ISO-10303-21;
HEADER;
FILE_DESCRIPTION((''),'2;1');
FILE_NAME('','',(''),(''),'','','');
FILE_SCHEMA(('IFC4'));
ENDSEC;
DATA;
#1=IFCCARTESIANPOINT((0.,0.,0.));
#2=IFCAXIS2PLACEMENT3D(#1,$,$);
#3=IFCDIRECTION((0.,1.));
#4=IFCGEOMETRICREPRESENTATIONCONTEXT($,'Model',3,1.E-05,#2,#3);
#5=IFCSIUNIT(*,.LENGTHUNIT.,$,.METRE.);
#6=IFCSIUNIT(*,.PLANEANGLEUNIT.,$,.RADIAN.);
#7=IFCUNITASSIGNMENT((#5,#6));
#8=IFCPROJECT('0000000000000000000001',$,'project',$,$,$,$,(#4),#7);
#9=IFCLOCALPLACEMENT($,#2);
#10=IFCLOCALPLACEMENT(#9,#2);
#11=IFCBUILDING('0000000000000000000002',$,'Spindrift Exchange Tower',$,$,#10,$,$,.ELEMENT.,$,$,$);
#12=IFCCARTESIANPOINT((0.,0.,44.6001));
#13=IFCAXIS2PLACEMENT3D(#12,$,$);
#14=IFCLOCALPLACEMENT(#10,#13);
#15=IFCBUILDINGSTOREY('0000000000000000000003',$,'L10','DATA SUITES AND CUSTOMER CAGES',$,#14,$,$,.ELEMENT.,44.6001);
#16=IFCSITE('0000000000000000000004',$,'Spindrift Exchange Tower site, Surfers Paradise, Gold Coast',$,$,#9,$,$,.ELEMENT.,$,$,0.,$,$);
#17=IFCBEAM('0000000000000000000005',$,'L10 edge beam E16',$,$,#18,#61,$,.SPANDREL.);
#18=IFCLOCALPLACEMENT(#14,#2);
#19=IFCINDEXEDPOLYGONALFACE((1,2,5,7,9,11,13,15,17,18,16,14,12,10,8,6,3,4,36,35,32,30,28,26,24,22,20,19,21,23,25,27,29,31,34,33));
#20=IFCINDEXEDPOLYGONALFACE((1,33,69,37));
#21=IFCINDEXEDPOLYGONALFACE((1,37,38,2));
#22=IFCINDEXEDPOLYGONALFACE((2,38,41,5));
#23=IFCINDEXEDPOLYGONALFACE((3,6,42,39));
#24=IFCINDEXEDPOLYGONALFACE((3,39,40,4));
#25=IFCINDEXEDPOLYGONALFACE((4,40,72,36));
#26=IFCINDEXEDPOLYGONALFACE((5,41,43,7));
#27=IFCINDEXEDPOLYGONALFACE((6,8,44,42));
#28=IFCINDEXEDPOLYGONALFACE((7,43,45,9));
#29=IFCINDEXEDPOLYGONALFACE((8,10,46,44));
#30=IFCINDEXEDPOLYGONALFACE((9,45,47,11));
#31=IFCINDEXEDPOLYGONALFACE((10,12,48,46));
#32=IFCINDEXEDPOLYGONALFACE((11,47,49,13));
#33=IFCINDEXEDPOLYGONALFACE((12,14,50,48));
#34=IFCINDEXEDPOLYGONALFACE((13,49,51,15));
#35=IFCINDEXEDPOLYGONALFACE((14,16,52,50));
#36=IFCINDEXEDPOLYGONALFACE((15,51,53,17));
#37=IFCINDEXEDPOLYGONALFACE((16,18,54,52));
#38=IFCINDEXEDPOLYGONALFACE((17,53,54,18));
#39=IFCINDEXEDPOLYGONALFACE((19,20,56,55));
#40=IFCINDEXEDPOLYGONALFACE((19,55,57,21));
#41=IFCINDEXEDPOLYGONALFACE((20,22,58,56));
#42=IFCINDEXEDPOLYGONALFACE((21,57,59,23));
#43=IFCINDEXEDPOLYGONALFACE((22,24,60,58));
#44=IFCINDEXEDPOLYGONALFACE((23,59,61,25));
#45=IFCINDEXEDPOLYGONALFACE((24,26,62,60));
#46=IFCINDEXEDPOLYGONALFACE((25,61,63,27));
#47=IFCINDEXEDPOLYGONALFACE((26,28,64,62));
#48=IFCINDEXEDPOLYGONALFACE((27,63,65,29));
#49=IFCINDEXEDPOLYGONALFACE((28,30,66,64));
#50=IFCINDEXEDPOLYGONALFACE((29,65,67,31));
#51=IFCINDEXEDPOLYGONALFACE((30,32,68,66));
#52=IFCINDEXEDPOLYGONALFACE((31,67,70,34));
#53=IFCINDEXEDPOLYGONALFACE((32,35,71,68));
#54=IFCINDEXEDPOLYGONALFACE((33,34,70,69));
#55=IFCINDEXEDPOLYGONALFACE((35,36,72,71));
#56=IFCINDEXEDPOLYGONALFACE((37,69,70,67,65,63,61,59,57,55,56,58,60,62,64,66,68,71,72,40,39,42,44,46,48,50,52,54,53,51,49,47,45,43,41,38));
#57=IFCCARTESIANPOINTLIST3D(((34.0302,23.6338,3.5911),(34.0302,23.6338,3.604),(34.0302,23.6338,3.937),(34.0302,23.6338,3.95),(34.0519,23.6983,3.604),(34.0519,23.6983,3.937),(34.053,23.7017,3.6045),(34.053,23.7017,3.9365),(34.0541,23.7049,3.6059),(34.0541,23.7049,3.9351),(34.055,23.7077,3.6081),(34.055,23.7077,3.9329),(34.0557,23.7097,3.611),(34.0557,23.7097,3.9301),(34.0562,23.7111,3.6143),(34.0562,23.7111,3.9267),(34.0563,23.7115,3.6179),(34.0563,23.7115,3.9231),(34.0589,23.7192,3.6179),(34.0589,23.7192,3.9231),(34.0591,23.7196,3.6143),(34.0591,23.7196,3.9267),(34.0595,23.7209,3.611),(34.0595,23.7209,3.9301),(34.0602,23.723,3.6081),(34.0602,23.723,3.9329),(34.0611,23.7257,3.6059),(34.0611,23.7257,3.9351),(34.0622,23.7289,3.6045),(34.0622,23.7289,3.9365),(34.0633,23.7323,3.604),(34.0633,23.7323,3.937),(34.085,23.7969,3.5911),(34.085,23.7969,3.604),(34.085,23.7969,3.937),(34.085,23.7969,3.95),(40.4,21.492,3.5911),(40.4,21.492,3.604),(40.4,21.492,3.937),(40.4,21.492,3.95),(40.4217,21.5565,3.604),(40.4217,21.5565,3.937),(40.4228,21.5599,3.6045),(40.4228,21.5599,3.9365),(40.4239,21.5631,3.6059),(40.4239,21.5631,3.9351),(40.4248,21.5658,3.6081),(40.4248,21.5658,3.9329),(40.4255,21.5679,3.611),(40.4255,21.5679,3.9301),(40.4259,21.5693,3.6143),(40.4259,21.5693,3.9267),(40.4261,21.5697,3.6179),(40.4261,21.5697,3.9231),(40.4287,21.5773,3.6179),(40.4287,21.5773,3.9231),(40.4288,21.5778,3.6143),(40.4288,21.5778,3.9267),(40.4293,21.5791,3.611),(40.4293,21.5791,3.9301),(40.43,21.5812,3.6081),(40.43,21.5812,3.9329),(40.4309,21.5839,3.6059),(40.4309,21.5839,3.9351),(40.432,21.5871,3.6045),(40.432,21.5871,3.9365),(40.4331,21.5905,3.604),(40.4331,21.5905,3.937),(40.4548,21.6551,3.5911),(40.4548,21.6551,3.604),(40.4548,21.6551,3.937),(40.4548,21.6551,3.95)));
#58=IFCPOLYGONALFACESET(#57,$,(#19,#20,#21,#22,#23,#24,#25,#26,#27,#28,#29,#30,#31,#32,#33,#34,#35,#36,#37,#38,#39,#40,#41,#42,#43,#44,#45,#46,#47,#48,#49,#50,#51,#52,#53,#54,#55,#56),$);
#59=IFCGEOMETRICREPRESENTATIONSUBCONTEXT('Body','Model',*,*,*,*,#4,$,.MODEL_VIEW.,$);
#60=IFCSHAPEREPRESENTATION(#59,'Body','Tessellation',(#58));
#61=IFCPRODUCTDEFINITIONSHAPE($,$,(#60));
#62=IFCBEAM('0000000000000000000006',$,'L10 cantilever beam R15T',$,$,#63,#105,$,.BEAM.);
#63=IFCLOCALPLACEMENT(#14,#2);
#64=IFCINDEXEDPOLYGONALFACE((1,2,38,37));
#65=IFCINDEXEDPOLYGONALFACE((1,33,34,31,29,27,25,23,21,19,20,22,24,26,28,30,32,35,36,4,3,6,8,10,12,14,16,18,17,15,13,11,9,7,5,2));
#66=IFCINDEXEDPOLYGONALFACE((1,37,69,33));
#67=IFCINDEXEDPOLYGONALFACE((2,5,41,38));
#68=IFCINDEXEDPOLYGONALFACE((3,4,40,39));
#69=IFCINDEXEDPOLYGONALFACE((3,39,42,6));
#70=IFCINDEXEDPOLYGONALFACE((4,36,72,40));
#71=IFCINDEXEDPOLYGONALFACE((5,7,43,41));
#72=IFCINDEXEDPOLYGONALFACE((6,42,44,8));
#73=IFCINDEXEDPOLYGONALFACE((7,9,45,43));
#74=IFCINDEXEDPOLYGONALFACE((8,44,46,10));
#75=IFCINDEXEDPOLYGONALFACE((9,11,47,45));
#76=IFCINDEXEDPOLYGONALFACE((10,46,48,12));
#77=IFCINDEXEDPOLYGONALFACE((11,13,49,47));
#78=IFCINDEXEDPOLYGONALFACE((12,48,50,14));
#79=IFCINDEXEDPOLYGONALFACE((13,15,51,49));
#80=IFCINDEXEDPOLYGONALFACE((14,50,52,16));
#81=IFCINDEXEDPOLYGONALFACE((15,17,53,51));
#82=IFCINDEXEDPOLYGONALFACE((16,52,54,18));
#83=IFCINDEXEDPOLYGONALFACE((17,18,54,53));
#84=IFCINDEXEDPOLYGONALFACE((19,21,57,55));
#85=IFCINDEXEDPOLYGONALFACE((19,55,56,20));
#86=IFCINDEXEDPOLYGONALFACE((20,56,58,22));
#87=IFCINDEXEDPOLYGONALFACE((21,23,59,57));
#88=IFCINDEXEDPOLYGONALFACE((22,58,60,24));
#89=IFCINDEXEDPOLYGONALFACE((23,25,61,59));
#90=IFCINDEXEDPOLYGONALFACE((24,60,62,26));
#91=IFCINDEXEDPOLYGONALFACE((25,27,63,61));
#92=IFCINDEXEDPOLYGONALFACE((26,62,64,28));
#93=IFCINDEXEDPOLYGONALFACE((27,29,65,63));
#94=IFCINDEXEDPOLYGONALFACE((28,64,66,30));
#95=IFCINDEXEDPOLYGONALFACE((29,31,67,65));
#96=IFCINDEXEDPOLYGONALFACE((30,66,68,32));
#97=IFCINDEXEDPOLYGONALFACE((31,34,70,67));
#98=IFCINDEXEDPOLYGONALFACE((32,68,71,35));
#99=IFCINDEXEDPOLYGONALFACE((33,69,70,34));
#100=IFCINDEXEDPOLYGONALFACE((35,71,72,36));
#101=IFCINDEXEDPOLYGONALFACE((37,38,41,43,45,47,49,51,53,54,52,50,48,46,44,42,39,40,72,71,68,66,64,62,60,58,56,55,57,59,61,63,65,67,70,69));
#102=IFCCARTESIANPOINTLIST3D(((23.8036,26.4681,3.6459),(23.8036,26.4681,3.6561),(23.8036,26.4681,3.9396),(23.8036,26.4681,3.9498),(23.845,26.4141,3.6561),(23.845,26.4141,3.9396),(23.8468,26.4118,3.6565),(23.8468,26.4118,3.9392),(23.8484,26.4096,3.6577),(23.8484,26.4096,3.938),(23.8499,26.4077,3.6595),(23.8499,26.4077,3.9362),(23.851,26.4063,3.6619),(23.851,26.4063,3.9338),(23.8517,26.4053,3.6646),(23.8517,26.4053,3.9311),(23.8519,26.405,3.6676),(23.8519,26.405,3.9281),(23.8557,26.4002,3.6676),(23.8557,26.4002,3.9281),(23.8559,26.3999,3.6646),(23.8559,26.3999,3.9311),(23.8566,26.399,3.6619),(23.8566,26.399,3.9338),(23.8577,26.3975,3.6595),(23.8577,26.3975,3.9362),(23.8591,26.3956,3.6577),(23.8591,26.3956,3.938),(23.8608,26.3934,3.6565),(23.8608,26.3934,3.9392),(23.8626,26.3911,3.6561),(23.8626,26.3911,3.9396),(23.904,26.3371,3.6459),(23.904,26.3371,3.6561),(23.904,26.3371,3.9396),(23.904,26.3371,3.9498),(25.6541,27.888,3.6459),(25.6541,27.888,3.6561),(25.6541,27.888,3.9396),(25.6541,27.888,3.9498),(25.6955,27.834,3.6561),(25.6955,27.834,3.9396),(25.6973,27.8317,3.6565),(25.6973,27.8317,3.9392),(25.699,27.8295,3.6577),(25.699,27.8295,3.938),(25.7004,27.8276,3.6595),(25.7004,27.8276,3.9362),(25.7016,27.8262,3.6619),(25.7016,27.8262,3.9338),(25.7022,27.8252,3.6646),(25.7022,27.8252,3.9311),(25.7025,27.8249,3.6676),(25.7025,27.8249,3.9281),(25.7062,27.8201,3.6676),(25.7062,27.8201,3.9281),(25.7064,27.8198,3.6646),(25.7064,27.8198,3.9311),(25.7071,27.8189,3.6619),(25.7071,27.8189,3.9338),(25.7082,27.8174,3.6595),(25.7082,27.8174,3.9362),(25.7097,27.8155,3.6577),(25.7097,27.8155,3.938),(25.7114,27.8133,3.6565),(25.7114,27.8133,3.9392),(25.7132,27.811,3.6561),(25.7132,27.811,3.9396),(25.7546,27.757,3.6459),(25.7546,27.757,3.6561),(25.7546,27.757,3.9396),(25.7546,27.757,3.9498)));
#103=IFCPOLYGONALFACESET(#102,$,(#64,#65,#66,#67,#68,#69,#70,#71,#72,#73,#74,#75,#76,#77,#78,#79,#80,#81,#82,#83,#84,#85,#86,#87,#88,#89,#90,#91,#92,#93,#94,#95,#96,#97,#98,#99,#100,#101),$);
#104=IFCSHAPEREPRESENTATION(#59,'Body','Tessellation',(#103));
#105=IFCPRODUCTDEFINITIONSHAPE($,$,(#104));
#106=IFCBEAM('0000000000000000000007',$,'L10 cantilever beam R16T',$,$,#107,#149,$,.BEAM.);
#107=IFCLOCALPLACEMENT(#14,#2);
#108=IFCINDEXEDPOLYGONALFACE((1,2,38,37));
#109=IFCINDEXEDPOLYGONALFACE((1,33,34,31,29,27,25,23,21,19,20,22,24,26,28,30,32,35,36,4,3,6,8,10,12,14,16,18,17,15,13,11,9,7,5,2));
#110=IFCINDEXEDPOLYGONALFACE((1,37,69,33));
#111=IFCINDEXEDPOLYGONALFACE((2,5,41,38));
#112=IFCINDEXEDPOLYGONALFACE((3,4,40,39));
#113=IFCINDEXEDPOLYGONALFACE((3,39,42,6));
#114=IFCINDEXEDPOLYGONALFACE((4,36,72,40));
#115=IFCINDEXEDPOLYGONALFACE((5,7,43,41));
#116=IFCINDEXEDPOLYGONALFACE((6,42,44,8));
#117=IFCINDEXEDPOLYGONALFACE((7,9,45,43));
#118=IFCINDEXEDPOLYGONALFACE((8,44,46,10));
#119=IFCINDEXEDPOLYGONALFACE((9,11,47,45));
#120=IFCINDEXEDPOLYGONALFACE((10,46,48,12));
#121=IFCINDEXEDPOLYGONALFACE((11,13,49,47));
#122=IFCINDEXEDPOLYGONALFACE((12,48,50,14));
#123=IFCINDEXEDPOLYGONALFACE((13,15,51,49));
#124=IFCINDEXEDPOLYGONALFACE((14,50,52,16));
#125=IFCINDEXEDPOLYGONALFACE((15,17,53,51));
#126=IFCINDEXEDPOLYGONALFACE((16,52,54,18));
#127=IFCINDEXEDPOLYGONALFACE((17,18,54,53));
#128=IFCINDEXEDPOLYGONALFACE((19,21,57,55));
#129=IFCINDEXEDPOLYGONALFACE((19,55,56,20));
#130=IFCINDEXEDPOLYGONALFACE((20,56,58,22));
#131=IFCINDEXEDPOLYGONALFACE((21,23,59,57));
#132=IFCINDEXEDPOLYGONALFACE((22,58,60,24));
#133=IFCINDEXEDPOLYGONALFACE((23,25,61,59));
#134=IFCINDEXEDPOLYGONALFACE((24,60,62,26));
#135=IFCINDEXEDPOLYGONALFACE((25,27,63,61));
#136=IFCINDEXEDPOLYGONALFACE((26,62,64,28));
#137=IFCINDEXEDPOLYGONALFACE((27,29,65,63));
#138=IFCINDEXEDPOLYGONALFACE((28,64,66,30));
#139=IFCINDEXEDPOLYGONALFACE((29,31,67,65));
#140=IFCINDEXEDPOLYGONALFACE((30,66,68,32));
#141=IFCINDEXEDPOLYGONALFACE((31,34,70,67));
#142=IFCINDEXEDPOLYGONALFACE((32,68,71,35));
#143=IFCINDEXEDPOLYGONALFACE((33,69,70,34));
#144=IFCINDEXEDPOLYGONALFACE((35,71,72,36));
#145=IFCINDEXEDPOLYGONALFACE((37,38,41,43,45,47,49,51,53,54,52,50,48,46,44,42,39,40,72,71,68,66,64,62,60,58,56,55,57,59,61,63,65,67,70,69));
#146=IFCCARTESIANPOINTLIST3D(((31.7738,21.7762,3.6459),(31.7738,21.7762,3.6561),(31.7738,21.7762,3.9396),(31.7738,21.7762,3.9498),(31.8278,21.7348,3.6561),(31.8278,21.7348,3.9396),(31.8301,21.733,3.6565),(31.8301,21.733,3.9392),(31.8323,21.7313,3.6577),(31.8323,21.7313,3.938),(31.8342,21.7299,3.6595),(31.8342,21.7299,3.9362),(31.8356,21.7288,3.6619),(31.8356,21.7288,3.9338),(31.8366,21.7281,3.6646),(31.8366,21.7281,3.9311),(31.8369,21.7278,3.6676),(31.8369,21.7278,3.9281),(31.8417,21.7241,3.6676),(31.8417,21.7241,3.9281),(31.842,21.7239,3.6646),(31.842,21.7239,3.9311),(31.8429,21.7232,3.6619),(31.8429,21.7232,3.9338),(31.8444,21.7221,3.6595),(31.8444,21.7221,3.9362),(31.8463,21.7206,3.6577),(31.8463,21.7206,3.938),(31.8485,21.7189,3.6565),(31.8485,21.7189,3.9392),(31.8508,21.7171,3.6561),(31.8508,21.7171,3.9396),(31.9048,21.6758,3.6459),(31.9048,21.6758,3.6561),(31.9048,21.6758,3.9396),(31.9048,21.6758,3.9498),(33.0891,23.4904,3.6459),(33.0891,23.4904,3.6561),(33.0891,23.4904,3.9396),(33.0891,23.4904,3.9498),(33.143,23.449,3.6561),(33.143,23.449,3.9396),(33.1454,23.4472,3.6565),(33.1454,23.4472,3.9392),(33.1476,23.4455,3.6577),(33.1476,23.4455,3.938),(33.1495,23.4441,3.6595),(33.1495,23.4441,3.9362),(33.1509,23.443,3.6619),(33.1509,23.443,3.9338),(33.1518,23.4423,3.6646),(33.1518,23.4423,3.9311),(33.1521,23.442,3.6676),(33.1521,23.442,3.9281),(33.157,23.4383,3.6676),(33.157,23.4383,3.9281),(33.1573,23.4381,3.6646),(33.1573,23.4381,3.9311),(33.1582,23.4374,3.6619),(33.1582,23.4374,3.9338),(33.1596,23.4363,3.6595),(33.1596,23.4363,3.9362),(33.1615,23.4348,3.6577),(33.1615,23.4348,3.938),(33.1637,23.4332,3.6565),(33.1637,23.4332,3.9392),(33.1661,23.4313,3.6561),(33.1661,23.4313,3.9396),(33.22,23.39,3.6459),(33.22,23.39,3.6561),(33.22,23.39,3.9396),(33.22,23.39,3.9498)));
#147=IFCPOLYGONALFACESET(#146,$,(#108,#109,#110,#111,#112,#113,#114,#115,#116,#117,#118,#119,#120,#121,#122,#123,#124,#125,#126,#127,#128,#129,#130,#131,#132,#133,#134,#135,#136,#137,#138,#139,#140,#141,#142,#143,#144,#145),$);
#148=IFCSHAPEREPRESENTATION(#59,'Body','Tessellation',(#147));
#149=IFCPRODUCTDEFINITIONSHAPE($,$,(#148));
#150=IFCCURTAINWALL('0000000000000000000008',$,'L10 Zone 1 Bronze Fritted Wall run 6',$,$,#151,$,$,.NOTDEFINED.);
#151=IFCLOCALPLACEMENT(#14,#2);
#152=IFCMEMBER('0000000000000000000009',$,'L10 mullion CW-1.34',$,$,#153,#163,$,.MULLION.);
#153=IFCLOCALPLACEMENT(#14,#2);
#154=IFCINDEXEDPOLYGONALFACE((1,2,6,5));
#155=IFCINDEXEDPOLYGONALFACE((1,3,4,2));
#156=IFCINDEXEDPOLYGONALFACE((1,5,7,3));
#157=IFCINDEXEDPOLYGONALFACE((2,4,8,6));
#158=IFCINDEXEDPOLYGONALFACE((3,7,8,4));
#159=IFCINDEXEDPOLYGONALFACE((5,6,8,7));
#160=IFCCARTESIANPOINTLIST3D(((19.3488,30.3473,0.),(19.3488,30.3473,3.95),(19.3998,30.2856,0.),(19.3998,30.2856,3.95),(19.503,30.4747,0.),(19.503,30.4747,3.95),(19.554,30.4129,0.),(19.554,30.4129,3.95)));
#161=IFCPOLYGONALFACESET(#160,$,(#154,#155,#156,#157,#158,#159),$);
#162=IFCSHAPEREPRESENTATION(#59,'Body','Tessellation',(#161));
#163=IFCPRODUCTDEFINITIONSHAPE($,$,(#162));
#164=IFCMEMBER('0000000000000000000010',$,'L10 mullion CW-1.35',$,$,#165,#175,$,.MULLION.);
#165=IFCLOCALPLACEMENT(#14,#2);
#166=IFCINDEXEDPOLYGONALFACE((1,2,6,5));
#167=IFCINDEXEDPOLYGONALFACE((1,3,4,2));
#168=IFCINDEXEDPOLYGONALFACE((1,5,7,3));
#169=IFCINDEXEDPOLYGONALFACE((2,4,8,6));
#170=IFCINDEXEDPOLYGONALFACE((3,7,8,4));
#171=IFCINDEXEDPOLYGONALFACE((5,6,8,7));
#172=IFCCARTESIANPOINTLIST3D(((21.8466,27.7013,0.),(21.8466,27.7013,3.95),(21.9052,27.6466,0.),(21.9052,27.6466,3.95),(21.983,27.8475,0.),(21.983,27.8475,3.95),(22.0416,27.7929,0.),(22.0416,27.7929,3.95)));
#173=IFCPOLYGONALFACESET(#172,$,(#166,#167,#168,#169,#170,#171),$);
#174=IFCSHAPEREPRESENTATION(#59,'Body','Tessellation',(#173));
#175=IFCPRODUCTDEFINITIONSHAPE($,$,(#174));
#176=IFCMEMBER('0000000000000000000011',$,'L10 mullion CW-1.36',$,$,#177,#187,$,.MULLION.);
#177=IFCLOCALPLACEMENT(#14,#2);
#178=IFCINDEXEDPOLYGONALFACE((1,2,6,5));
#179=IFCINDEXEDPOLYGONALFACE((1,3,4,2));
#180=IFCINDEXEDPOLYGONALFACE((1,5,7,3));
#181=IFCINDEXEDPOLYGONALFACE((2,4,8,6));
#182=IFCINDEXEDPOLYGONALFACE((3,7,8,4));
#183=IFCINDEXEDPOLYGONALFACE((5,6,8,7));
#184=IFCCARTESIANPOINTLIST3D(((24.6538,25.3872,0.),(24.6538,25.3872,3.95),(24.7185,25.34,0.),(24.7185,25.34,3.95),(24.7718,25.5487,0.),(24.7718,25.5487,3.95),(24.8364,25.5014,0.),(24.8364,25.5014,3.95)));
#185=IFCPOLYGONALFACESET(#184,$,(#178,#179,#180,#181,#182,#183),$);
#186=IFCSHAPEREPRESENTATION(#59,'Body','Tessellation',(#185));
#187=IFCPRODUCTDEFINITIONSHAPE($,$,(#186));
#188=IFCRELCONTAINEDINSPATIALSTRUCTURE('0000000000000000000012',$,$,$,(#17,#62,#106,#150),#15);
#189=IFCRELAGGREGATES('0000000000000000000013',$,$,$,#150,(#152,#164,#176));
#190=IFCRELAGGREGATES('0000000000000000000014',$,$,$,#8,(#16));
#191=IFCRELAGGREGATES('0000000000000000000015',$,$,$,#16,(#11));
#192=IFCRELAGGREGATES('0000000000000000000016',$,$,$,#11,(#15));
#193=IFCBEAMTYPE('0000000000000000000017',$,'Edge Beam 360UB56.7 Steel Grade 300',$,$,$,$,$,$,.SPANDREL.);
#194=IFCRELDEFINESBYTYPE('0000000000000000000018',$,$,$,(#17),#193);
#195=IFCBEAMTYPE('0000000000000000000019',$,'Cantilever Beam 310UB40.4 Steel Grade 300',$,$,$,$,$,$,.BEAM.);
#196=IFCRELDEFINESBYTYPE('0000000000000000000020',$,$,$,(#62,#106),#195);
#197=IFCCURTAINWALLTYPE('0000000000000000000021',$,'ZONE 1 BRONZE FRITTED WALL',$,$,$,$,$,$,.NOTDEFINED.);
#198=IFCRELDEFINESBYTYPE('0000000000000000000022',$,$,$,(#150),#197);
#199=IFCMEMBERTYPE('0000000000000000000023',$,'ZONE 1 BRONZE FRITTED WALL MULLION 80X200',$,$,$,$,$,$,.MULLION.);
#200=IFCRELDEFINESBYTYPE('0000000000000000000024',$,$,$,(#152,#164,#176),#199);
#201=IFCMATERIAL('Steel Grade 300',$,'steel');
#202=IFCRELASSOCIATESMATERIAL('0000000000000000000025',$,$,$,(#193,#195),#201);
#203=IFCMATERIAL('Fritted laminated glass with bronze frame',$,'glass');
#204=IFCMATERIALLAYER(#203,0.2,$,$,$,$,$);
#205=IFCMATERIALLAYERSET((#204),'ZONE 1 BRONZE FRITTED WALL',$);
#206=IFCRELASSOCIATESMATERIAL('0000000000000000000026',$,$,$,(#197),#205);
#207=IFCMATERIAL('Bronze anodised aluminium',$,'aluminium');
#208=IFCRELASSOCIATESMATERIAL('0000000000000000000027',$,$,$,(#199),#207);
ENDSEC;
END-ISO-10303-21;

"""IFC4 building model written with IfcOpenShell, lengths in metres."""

from ifc_helpers import new_model, si_unit, direction, frame, origin, origin_2d, place, context, subcontext, project, spatial, rectangle, i_section, extrude, source, transform, mapped, material, layer, layer_set, material_profile, profile_set, type_object, element, aggregate, save


model = new_model("IFC4")

# Units and contexts
model_context = context("Model", 3, precision=1e-05, world=origin(), true_north=direction((0.0, 1.0)))
body_context = subcontext(model_context, "Body", "Model", "MODEL_VIEW")
ifc_project = project(units=[si_unit("LENGTHUNIT", "METRE"), si_unit("PLANEANGLEUNIT", "RADIAN")], contexts=[model_context])

# Site, building, storey
site_placement = place(None, origin())
site = spatial("IfcSite", under=ifc_project, at=site_placement, Name="Spindrift Exchange Tower site, Surfers Paradise, Gold Coast", CompositionType="ELEMENT", RefElevation=0.0)
building_placement = place(site_placement, origin())
building = spatial("IfcBuilding", under=site, at=building_placement, Name="Spindrift Exchange Tower", CompositionType="ELEMENT")
storey_placement = place(building_placement, frame((0.0, 0.0, 44.6001)))
storey = spatial("IfcBuildingStorey", under=building, at=storey_placement, Name="L10", Description="DATA SUITES AND CUSTOMER CAGES", CompositionType="ELEMENT", Elevation=44.6001)

# Beams
ifc_material_1 = material(Name="Steel Grade 300", Category="steel")
ifc_material_profile_1 = material_profile(ifc_material_1, i_section(OverallWidth=0.1721, OverallDepth=0.3589, WebThickness=0.0081, FlangeThickness=0.0129, FilletRadius=0.0139, at=origin_2d()), Name="360UB56.7")
ifc_profile_set_1 = profile_set([ifc_material_profile_1], Name="Steel Grade 300")
beam_type_1 = type_object("IfcBeamType", Name="Edge Beam 360UB56.7 Steel Grade 300", PredefinedType="SPANDREL", material=ifc_profile_set_1)
shared_shape_1 = source(origin(), body_context, "Body", "SweptSolid", [
    extrude(i_section(OverallWidth=0.1721, OverallDepth=0.3589, WebThickness=0.0081, FlangeThickness=0.0129, FilletRadius=0.0139, at=origin_2d()), origin(), (0.0, 0.0, 1.0), 6.7202),
])
beam_1_placement = place(storey_placement, frame((34.0576, 23.7153, 3.7705), z_axis=(0.947852, -0.318712, 0.0), x_axis=(0.318712, 0.947852, 0.0)))
element("IfcBeam", 1, at=beam_1_placement, inside=storey, type_object=beam_type_1, Name="L10 edge beam E16", PredefinedType="SPANDREL", context=body_context, shape_type="MappedRepresentation", body=[
    mapped(shared_shape_1, transform((0.0, 0.0, 0.0), scale=1.0)),
])
ifc_material_profile_2 = material_profile(ifc_material_1, i_section(OverallWidth=0.165, OverallDepth=0.304, WebThickness=0.0061, FlangeThickness=0.0103, FilletRadius=0.0115, at=origin_2d()), Name="310UB40.4")
ifc_profile_set_2 = profile_set([ifc_material_profile_2], Name="Steel Grade 300")
beam_type_2 = type_object("IfcBeamType", Name="Cantilever Beam 310UB40.4 Steel Grade 300", PredefinedType="BEAM", material=ifc_profile_set_2)
shared_shape_2 = source(origin(), body_context, "Body", "SweptSolid", [
    extrude(i_section(OverallWidth=0.165, OverallDepth=0.304, WebThickness=0.0061, FlangeThickness=0.0103, FilletRadius=0.0115, at=origin_2d()), origin(), (0.0, 0.0, 1.0), 2.3325),
])
beam_2_placement = place(storey_placement, frame((25.7043, 27.8225, 3.7979), z_axis=(-0.79337, -0.608739, 0.0), x_axis=(0.608739, -0.79337, 0.0)))
element("IfcBeam", 2, at=beam_2_placement, inside=storey, type_object=beam_type_2, Name="L10 cantilever beam R15T", PredefinedType="BEAM", context=body_context, shape_type="MappedRepresentation", body=[
    mapped(shared_shape_2, transform((0.0, 0.0, 0.0), scale=1.0)),
])
shared_shape_3 = source(origin(), body_context, "Body", "SweptSolid", [
    extrude(i_section(OverallWidth=0.165, OverallDepth=0.304, WebThickness=0.0061, FlangeThickness=0.0103, FilletRadius=0.0115, at=origin_2d()), origin(), (0.0, 0.0, 1.0), 2.1606),
])
beam_3_placement = place(storey_placement, frame((33.1545, 23.4402, 3.7979), z_axis=(-0.608733, -0.793375, 0.0), x_axis=(0.793375, -0.608733, 0.0)))
element("IfcBeam", 3, at=beam_3_placement, inside=storey, type_object=beam_type_2, Name="L10 cantilever beam R16T", PredefinedType="BEAM", context=body_context, shape_type="MappedRepresentation", body=[
    mapped(shared_shape_3, transform((0.0, 0.0, 0.0), scale=1.0)),
])

# Curtain wall, members
ifc_material_2 = material(Name="Fritted laminated glass with bronze frame", Category="glass")
ifc_layer_1 = layer(ifc_material_2, 0.2)
ifc_layer_set_1 = layer_set([ifc_layer_1], Name="ZONE 1 BRONZE FRITTED WALL")
curtain_wall_type = type_object("IfcCurtainWallType", Name="ZONE 1 BRONZE FRITTED WALL", PredefinedType="NOTDEFINED", material=ifc_layer_set_1)
curtain_wall_1_placement = place(storey_placement, origin())
curtain_wall_1 = element("IfcCurtainWall", 4, at=curtain_wall_1_placement, inside=storey, type_object=curtain_wall_type, Name="L10 Zone 1 Bronze Fritted Wall run 6", PredefinedType="NOTDEFINED")
ifc_material_3 = material(Name="Bronze anodised aluminium", Category="aluminium")
ifc_material_profile_3 = material_profile(ifc_material_3, rectangle(XDim=0.0801, YDim=0.2, at=origin_2d()), Name="ZONE 1 BRONZE FRITTED WALL MULLION 80X200")
ifc_profile_set_3 = profile_set([ifc_material_profile_3], Name="Bronze anodised aluminium")
member_type_1 = type_object("IfcMemberType", Name="ZONE 1 BRONZE FRITTED WALL MULLION 80X200", PredefinedType="MULLION", material=ifc_profile_set_3)
shared_shape_4 = source(origin(), body_context, "Body", "SweptSolid", [
    extrude(rectangle(XDim=0.0801, YDim=0.2, at=origin_2d()), origin(), (0.0, 0.0, 1.0), 3.95),
])
member_1_placement = place(storey_placement, frame((19.4514, 30.3801, 0.0), z_axis=(0.0, 0.0, 1.0), x_axis=(0.636708, -0.771105, 0.0)))
member_1 = element("IfcMember", 5, at=member_1_placement, type_object=member_type_1, Name="L10 mullion CW-1.34", PredefinedType="MULLION", context=body_context, shape_type="MappedRepresentation", body=[
    mapped(shared_shape_4, transform((0.0, 0.0, 0.0), scale=1.0)),
])
member_2_placement = place(storey_placement, frame((21.9441, 27.7471, 0.0), z_axis=(0.0, 0.0, 1.0), x_axis=(0.731397, -0.681951, 0.0)))
member_2 = element("IfcMember", 6, at=member_2_placement, type_object=member_type_1, Name="L10 mullion CW-1.35", PredefinedType="MULLION", context=body_context, shape_type="MappedRepresentation", body=[
    mapped(shared_shape_4, transform((0.0, 0.0, 0.0), scale=1.0)),
])
member_3_placement = place(storey_placement, frame((24.7451, 25.4443, 0.0), z_axis=(0.0, 0.0, 1.0), x_axis=(0.807465, -0.589916, 0.0)))
member_3 = element("IfcMember", 7, at=member_3_placement, type_object=member_type_1, Name="L10 mullion CW-1.36", PredefinedType="MULLION", context=body_context, shape_type="MappedRepresentation", body=[
    mapped(shared_shape_4, transform((0.0, 0.0, 0.0), scale=1.0)),
])

aggregate(curtain_wall_1, [member_1, member_2, member_3])

save(model, "model.ifc")
